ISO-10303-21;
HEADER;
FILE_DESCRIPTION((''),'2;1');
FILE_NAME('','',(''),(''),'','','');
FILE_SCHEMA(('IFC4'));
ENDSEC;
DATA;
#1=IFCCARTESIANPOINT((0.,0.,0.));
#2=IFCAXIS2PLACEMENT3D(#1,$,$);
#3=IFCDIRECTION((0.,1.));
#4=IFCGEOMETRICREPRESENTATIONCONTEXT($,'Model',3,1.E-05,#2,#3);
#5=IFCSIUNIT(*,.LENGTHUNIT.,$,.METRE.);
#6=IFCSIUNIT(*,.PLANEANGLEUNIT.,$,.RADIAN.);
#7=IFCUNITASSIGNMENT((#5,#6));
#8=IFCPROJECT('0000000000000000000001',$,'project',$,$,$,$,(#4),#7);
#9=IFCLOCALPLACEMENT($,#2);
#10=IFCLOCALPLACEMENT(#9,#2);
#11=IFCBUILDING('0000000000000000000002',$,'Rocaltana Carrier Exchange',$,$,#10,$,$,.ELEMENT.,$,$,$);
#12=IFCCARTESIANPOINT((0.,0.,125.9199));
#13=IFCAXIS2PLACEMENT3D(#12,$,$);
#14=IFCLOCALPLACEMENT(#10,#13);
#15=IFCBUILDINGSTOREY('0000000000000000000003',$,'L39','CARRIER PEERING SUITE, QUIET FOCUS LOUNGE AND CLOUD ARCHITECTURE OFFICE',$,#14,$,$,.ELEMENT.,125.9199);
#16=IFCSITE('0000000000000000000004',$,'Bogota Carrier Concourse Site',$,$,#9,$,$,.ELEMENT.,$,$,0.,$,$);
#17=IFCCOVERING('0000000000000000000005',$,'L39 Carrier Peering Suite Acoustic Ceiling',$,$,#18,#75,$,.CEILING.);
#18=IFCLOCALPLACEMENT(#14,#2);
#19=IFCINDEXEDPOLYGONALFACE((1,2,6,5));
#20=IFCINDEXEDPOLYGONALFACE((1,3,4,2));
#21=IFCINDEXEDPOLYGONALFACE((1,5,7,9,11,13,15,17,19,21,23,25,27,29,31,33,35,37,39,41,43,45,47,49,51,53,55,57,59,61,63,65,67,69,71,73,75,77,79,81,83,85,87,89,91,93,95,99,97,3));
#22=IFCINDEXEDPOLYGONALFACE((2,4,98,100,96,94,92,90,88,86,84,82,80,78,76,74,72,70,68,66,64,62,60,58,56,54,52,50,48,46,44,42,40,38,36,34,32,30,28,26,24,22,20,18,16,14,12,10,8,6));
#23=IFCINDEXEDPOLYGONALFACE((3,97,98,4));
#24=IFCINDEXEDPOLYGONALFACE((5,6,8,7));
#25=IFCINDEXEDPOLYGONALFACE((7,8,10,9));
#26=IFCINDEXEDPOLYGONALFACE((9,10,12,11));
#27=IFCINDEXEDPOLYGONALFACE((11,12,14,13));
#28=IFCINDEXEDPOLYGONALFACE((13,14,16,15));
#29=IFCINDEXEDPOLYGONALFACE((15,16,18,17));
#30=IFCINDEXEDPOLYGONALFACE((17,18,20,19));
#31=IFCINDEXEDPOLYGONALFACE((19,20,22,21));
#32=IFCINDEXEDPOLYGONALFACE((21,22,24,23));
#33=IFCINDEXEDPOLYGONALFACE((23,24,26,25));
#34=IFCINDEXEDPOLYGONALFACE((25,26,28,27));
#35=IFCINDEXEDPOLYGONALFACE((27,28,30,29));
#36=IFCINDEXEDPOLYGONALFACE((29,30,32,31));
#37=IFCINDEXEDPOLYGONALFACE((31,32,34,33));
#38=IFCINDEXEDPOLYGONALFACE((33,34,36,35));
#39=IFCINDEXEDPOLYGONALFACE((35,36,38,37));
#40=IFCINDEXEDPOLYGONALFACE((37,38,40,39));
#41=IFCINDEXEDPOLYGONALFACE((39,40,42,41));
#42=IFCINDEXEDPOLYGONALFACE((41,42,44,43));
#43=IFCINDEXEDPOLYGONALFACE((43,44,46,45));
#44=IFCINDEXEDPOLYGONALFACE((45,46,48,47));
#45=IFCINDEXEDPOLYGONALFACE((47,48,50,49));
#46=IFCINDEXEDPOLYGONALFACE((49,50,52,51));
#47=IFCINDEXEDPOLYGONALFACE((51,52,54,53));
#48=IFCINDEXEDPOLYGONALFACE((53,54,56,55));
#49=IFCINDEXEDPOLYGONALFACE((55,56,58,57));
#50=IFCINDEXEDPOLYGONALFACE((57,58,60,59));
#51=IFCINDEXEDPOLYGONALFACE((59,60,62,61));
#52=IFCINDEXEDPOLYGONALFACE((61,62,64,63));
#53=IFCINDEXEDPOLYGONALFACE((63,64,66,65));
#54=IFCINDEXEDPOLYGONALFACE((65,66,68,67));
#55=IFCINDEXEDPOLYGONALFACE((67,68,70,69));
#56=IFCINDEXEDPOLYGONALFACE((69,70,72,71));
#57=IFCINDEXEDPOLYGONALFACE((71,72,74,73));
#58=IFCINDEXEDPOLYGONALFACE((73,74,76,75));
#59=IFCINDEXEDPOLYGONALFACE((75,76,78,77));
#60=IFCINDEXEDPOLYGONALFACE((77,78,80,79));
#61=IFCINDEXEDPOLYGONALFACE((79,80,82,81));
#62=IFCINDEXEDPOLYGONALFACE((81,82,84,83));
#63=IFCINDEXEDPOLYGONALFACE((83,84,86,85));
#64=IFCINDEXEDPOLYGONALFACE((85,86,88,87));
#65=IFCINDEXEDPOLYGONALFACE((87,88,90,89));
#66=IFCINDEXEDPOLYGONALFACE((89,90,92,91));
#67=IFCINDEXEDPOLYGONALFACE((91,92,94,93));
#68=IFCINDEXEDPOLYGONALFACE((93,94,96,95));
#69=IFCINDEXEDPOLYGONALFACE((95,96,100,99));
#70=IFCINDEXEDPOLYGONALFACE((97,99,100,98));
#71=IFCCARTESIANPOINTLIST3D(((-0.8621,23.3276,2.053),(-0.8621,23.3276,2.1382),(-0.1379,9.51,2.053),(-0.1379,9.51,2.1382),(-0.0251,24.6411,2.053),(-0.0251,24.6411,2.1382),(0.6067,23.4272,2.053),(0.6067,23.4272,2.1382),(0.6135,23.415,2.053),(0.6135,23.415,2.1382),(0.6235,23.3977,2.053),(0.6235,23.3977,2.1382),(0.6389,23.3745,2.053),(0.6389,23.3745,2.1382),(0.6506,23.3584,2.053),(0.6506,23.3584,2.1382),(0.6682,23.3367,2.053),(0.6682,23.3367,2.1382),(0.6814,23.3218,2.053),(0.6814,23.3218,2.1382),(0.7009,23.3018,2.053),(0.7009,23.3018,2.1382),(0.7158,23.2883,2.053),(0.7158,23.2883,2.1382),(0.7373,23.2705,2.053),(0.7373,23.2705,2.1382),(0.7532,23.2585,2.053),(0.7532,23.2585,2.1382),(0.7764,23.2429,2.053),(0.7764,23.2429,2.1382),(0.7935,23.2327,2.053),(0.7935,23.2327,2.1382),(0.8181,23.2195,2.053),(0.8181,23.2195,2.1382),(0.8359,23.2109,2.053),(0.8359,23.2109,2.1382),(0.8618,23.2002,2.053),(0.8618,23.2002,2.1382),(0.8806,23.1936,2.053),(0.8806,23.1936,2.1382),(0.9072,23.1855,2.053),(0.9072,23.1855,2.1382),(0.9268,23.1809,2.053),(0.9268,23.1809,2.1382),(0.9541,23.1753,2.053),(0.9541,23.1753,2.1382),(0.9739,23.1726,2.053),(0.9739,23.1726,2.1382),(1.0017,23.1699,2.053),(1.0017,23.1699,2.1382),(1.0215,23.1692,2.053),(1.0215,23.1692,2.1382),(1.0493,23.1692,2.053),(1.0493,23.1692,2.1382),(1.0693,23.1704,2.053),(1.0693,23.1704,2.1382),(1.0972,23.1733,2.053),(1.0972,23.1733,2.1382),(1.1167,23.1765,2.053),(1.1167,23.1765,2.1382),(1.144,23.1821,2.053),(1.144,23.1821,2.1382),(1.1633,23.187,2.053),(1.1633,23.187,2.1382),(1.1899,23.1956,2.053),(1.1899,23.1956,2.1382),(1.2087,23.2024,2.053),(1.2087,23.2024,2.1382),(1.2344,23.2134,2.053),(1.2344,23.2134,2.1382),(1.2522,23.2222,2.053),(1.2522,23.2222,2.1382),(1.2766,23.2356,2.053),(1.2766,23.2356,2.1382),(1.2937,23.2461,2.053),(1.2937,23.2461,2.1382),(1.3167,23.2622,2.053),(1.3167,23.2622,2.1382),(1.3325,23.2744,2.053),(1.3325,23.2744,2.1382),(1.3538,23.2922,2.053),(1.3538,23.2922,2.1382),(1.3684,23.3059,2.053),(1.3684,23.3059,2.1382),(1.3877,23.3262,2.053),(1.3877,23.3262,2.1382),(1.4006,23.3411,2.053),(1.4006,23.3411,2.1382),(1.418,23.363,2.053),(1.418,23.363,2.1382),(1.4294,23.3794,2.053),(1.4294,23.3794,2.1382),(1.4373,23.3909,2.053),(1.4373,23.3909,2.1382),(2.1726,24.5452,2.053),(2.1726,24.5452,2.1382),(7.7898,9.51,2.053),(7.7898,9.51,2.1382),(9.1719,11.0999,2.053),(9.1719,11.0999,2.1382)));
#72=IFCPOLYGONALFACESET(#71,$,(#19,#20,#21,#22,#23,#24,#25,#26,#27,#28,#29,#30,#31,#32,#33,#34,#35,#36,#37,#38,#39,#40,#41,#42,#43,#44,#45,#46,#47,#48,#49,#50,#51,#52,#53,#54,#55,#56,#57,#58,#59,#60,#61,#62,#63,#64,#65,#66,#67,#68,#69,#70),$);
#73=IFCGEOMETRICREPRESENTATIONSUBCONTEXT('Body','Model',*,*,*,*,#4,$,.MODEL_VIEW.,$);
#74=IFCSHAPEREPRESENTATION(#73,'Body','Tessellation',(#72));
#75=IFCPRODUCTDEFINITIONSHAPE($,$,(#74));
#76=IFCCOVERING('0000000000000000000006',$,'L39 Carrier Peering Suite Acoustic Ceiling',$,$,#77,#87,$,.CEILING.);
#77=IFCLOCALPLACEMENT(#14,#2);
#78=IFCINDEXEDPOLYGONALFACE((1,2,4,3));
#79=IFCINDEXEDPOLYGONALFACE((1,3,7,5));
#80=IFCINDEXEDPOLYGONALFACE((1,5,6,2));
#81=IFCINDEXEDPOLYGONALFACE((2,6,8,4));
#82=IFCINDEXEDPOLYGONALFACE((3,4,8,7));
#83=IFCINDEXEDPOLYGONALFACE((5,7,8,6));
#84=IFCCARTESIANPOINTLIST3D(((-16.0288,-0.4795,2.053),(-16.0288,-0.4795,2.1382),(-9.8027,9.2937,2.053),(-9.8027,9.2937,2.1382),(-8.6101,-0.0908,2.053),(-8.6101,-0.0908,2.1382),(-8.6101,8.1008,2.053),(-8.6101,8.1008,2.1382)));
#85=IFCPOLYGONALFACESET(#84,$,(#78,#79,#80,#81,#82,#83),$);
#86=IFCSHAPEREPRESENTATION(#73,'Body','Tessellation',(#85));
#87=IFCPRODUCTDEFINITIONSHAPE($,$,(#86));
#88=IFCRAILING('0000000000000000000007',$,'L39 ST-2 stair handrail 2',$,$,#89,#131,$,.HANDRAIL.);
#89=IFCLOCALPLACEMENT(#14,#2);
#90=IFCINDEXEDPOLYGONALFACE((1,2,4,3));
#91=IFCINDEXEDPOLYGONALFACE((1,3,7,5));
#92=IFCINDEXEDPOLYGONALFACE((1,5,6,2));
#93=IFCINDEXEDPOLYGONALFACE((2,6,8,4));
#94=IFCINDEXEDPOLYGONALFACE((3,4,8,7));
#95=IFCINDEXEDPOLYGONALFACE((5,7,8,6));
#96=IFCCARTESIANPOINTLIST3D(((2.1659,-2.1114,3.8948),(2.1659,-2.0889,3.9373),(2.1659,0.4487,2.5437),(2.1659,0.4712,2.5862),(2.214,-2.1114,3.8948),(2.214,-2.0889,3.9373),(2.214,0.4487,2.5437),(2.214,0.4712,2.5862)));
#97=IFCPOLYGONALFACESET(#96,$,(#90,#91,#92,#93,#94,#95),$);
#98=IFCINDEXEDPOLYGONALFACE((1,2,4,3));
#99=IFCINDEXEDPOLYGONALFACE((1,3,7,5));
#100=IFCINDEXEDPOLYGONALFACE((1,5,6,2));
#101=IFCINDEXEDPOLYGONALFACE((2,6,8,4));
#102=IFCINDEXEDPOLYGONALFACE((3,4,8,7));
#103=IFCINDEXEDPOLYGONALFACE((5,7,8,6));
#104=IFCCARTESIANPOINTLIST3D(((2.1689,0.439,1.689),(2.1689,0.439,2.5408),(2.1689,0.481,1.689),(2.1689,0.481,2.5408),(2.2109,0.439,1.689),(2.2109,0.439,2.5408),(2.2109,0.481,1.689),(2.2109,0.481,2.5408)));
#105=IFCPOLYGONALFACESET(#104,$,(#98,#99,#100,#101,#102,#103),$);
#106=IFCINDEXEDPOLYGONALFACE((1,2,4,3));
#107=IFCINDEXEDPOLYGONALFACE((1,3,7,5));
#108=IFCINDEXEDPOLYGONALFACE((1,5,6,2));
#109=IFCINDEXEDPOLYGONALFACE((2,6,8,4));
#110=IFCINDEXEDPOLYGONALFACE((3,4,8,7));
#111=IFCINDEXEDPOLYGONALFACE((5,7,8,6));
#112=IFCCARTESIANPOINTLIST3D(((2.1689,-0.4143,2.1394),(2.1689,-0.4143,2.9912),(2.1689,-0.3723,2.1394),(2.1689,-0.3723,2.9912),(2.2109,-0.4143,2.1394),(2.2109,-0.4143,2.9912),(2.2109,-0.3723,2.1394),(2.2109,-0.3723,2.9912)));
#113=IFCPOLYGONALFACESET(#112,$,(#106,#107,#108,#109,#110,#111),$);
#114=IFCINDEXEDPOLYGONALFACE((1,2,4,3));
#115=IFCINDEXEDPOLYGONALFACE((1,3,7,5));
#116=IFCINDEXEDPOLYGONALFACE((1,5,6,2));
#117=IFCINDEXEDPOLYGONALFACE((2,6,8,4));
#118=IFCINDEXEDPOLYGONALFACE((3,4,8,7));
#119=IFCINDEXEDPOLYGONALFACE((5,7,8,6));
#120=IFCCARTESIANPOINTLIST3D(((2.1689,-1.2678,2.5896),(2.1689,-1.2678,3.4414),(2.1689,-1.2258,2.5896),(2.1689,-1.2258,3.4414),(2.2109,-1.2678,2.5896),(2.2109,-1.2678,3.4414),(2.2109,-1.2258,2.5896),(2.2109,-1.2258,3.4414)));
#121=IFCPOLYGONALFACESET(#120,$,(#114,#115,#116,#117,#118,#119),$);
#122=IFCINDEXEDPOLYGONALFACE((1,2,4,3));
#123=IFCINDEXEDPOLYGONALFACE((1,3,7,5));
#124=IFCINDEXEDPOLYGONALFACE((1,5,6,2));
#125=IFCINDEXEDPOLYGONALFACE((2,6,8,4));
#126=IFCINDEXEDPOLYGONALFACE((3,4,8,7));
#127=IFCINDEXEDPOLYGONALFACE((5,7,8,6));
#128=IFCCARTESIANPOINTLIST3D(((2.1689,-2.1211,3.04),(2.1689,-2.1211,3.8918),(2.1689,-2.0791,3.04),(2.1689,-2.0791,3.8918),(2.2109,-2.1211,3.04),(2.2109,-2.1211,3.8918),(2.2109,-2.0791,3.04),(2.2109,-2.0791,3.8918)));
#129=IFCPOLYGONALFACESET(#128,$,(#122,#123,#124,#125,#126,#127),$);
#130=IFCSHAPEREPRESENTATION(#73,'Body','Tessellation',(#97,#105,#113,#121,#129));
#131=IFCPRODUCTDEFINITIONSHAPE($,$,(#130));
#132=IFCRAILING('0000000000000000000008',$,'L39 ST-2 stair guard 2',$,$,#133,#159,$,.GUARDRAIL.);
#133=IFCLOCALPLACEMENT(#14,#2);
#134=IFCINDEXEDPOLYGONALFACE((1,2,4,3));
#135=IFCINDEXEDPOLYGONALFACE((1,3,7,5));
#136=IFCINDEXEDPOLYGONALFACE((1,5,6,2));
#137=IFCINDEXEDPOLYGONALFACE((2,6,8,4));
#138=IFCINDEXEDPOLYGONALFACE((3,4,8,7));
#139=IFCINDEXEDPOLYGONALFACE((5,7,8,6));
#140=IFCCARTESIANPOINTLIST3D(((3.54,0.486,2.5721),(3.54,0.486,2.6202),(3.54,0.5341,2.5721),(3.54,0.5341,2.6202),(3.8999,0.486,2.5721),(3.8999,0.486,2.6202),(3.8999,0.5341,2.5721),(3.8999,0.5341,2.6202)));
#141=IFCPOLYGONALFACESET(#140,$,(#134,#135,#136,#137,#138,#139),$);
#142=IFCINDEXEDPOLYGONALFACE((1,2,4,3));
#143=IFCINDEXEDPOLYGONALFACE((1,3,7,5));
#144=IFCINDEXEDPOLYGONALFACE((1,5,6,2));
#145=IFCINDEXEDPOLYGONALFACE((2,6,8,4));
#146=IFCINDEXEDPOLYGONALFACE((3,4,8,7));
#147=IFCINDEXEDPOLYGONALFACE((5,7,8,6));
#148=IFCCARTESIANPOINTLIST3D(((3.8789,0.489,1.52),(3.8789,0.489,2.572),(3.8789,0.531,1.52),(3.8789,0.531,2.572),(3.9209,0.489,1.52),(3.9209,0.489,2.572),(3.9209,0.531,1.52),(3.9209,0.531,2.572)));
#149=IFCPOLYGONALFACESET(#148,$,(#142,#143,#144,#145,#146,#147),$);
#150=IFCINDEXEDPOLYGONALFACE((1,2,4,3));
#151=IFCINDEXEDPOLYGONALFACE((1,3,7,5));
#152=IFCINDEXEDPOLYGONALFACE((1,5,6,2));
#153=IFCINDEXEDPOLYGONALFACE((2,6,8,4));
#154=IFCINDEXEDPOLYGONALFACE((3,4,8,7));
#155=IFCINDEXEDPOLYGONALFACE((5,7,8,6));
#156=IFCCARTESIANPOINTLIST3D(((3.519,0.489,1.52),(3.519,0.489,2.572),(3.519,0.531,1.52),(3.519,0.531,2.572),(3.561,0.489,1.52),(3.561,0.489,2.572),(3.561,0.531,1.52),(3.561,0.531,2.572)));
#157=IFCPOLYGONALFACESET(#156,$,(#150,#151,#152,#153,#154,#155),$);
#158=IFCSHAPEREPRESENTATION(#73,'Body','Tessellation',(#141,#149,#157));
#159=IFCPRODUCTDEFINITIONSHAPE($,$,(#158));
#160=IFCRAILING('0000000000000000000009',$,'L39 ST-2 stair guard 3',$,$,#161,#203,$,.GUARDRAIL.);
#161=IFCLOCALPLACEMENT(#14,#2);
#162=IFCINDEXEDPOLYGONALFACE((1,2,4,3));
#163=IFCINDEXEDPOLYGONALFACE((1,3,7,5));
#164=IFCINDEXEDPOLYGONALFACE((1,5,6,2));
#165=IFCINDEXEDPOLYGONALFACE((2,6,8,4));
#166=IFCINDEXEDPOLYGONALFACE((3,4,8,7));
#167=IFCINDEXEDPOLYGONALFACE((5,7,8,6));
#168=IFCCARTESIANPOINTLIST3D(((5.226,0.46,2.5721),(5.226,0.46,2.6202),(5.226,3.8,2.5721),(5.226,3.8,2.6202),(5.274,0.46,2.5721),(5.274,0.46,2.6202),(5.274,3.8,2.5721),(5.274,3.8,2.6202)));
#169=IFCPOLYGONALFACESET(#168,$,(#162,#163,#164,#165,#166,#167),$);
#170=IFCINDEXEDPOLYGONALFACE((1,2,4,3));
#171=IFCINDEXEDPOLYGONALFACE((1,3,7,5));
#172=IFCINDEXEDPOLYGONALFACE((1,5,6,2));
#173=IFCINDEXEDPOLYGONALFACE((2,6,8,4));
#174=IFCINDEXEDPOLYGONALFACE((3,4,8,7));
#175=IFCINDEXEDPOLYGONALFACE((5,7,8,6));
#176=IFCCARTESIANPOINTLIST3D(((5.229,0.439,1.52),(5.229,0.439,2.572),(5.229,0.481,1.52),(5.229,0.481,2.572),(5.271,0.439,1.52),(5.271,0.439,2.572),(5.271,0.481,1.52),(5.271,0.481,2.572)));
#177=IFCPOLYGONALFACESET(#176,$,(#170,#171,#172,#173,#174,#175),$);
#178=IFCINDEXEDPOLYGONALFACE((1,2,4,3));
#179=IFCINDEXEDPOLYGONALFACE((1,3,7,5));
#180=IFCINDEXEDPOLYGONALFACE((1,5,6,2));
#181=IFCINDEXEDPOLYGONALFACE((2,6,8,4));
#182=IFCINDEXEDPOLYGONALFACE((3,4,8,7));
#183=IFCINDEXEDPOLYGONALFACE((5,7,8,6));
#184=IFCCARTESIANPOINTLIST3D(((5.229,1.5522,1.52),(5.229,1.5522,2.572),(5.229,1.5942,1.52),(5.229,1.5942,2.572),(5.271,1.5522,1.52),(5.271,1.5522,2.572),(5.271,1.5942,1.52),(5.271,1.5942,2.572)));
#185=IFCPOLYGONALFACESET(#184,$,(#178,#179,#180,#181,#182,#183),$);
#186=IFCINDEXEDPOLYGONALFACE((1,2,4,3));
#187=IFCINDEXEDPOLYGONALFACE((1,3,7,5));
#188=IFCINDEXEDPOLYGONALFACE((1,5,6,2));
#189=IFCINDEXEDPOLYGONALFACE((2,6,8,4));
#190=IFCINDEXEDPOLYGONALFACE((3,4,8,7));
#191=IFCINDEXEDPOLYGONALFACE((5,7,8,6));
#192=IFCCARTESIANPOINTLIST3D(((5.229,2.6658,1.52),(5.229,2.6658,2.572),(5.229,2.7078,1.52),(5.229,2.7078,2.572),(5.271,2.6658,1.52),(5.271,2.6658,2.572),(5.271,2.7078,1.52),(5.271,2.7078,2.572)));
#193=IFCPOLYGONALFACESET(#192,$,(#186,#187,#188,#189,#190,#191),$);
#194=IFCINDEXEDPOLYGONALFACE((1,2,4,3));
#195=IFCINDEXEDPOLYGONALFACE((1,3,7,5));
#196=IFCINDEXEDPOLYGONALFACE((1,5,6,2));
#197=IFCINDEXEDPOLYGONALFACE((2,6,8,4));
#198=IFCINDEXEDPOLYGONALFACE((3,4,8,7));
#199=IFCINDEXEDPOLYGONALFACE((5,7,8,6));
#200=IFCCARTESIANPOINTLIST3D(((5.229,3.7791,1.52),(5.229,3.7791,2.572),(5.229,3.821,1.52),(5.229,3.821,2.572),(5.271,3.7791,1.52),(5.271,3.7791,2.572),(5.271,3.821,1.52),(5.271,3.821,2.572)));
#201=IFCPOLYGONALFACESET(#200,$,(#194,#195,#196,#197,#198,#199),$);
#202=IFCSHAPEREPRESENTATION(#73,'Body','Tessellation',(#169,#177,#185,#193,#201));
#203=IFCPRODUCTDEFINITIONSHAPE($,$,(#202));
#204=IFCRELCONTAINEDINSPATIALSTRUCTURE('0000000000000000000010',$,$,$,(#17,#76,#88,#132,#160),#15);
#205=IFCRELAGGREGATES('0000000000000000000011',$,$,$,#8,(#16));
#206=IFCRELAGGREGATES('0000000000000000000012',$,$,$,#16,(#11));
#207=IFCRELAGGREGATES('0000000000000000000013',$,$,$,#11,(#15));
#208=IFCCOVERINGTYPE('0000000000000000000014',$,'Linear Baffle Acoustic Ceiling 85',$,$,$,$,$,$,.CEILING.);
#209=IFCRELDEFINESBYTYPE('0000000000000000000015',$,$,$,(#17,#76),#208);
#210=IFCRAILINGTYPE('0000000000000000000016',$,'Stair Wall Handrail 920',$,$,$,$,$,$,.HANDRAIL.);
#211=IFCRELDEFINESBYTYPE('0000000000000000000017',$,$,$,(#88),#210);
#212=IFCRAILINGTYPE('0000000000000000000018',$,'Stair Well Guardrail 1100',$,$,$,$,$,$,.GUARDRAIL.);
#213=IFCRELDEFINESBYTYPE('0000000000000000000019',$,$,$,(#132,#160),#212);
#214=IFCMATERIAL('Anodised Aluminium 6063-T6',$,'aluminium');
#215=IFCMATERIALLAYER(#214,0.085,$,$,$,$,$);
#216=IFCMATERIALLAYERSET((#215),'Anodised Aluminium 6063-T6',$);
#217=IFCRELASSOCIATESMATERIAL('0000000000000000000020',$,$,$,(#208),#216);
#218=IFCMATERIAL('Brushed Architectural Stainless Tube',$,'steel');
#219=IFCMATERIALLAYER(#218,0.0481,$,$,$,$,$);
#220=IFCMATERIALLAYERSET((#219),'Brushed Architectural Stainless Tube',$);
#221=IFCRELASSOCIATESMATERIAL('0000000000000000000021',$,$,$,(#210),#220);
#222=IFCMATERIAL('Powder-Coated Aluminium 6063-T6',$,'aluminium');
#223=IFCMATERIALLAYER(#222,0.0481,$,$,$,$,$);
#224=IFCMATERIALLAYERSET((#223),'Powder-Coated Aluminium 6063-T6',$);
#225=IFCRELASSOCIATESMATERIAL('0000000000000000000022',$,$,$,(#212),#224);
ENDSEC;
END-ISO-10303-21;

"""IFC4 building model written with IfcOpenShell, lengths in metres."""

from ifc_helpers import new_model, si_unit, direction, frame, origin, origin_2d, place, context, subcontext, project, spatial, polyline, rectangle, outline, extrude, material, layer, layer_set, type_object, element, save


model = new_model("IFC4")

# Units and contexts
model_context = context("Model", 3, precision=1e-05, world=origin(), true_north=direction((0.0, 1.0)))
body_context = subcontext(model_context, "Body", "Model", "MODEL_VIEW")
ifc_project = project(units=[si_unit("LENGTHUNIT", "METRE"), si_unit("PLANEANGLEUNIT", "RADIAN")], contexts=[model_context])

# Site, building, storey
site_placement = place(None, origin())
site = spatial("IfcSite", under=ifc_project, at=site_placement, Name="Bogota Carrier Concourse Site", CompositionType="ELEMENT", RefElevation=0.0)
building_placement = place(site_placement, origin())
building = spatial("IfcBuilding", under=site, at=building_placement, Name="Rocaltana Carrier Exchange", CompositionType="ELEMENT")
storey_placement = place(building_placement, frame((0.0, 0.0, 125.9199)))
storey = spatial("IfcBuildingStorey", under=building, at=storey_placement, Name="L39", Description="CARRIER PEERING SUITE, QUIET FOCUS LOUNGE AND CLOUD ARCHITECTURE OFFICE", CompositionType="ELEMENT", Elevation=125.9199)

# Coverings
ifc_material_1 = material(Name="Anodised Aluminium 6063-T6", Category="aluminium")
ifc_layer_1 = layer(ifc_material_1, 0.085)
ifc_layer_set_1 = layer_set([ifc_layer_1], Name="Anodised Aluminium 6063-T6")
covering_type_1 = type_object("IfcCoveringType", Name="Linear Baffle Acoustic Ceiling 85", PredefinedType="CEILING", material=ifc_layer_set_1)
covering_1_placement = place(storey_placement, frame((0.0, 0.0, 2.053)))
element("IfcCovering", 1, at=covering_1_placement, inside=storey, type_object=covering_type_1, Name="L39 Carrier Peering Suite Acoustic Ceiling", PredefinedType="CEILING", context=body_context, shape_type="SweptSolid", body=[
    extrude(outline(polyline([(-0.0251, 24.6411), (0.6067, 23.4272), (0.6135, 23.415), (0.6235, 23.3977), (0.6389, 23.3745), (0.6506, 23.3584), (0.6682, 23.3367), (0.6814, 23.3218), (0.7009, 23.3018), (0.7158, 23.2883), (0.7373, 23.2705), (0.7532, 23.2585), (0.7764, 23.2429), (0.7935, 23.2327), (0.8181, 23.2195), (0.8359, 23.2109), (0.8618, 23.2002), (0.8806, 23.1936), (0.9072, 23.1855), (0.9268, 23.1809), (0.9541, 23.1753), (0.9739, 23.1726), (1.0017, 23.1699), (1.0215, 23.1692), (1.0493, 23.1692), (1.0693, 23.1704), (1.0972, 23.1733), (1.1167, 23.1765), (1.144, 23.1821), (1.1633, 23.187), (1.1899, 23.1956), (1.2087, 23.2024), (1.2344, 23.2134), (1.2522, 23.2222), (1.2766, 23.2356), (1.2937, 23.2461), (1.3167, 23.2622), (1.3325, 23.2744), (1.3538, 23.2922), (1.3684, 23.3059), (1.3877, 23.3262), (1.4006, 23.3411), (1.418, 23.363), (1.4294, 23.3794), (1.4373, 23.3909), (2.1726, 24.5452), (9.1719, 11.0999), (7.7898, 9.51), (-0.1379, 9.51), (-0.8621, 23.3276), (-0.0251, 24.6411)])), origin(), (0.0, 0.0, 1.0), 0.0852),
])
covering_2_placement = place(storey_placement, frame((0.0, 0.0, 2.053)))
element("IfcCovering", 2, at=covering_2_placement, inside=storey, type_object=covering_type_1, Name="L39 Carrier Peering Suite Acoustic Ceiling", PredefinedType="CEILING", context=body_context, shape_type="SweptSolid", body=[
    extrude(outline(polyline([(-9.8027, 9.2937), (-8.6101, 8.1008), (-8.6101, -0.0908), (-16.0288, -0.4795), (-9.8027, 9.2937)])), origin(), (0.0, 0.0, 1.0), 0.0852),
])

# Railings
ifc_material_2 = material(Name="Brushed Architectural Stainless Tube", Category="steel")
ifc_layer_2 = layer(ifc_material_2, 0.0481)
ifc_layer_set_2 = layer_set([ifc_layer_2], Name="Brushed Architectural Stainless Tube")
railing_type_1 = type_object("IfcRailingType", Name="Stair Wall Handrail 920", PredefinedType="HANDRAIL", material=ifc_layer_set_2)
railing_1_placement = place(storey_placement, frame((2.1899, 0.46, 1.689)))
element("IfcRailing", 3, at=railing_1_placement, inside=storey, type_object=railing_type_1, Name="L39 ST-2 stair handrail 2", PredefinedType="HANDRAIL", context=body_context, shape_type="SweptSolid", body=[
    extrude(rectangle(XDim=0.0481, YDim=0.0481, at=origin_2d()), frame((0.0, 0.0, 0.876), z_axis=(0.0, -0.884394, 0.46674), x_axis=(1.0, 0.0, 0.0)), (0.0, 0.0, 1.0), 2.8948),
    extrude(rectangle(XDim=0.042, YDim=0.042, at=origin_2d()), origin(), (0.0, 0.0, 1.0), 0.8518),
    extrude(rectangle(XDim=0.042, YDim=0.042, at=origin_2d()), frame((0.0, -0.8533, 0.4504)), (0.0, 0.0, 1.0), 0.8518),
    extrude(rectangle(XDim=0.042, YDim=0.042, at=origin_2d()), frame((0.0, -1.7068, 0.9006)), (0.0, 0.0, 1.0), 0.8518),
    extrude(rectangle(XDim=0.042, YDim=0.042, at=origin_2d()), frame((0.0, -2.5601, 1.3511)), (0.0, 0.0, 1.0), 0.8518),
])
ifc_material_3 = material(Name="Powder-Coated Aluminium 6063-T6", Category="aluminium")
ifc_layer_3 = layer(ifc_material_3, 0.0481)
ifc_layer_set_3 = layer_set([ifc_layer_3], Name="Powder-Coated Aluminium 6063-T6")
railing_type_2 = type_object("IfcRailingType", Name="Stair Well Guardrail 1100", PredefinedType="GUARDRAIL", material=ifc_layer_set_3)
railing_2_placement = place(storey_placement, frame((3.8999, 0.51, 1.52)))
element("IfcRailing", 4, at=railing_2_placement, inside=storey, type_object=railing_type_2, Name="L39 ST-2 stair guard 2", PredefinedType="GUARDRAIL", context=body_context, shape_type="SweptSolid", body=[
    extrude(rectangle(XDim=0.0481, YDim=0.0481, at=origin_2d()), frame((0.0, 0.0, 1.0762), z_axis=(-1.0, 0.0, 0.0), x_axis=(0.0, -1.0, 0.0)), (0.0, 0.0, 1.0), 0.3599),
    extrude(rectangle(XDim=0.042, YDim=0.042, at=origin_2d()), origin(), (0.0, 0.0, 1.0), 1.052),
    extrude(rectangle(XDim=0.042, YDim=0.042, at=origin_2d()), frame((-0.3599, 0.0, 0.0)), (0.0, 0.0, 1.0), 1.052),
])
for number, where, name in (
    (5, (5.25, 0.46, 1.52), "L39 ST-2 stair guard 3"),
):
    element("IfcRailing", number, at=place(storey_placement, frame(where)), inside=storey, type_object=railing_type_2, Name=name, PredefinedType="GUARDRAIL", context=body_context, shape_type="SweptSolid", body=[
        extrude(rectangle(XDim=0.0481, YDim=0.0481, at=origin_2d()), frame((0.0, 0.0, 1.0762), z_axis=(0.0, 1.0, 0.0), x_axis=(-1.0, 0.0, 0.0)), (0.0, 0.0, 1.0), 3.3401),
        extrude(rectangle(XDim=0.042, YDim=0.042, at=origin_2d()), origin(), (0.0, 0.0, 1.0), 1.052),
        extrude(rectangle(XDim=0.042, YDim=0.042, at=origin_2d()), frame((0.0, 1.1133, 0.0)), (0.0, 0.0, 1.0), 1.052),
        extrude(rectangle(XDim=0.042, YDim=0.042, at=origin_2d()), frame((0.0, 2.2268, 0.0)), (0.0, 0.0, 1.0), 1.052),
        extrude(rectangle(XDim=0.042, YDim=0.042, at=origin_2d()), frame((0.0, 3.3401, 0.0)), (0.0, 0.0, 1.0), 1.052),
    ])

save(model, "model.ifc")
